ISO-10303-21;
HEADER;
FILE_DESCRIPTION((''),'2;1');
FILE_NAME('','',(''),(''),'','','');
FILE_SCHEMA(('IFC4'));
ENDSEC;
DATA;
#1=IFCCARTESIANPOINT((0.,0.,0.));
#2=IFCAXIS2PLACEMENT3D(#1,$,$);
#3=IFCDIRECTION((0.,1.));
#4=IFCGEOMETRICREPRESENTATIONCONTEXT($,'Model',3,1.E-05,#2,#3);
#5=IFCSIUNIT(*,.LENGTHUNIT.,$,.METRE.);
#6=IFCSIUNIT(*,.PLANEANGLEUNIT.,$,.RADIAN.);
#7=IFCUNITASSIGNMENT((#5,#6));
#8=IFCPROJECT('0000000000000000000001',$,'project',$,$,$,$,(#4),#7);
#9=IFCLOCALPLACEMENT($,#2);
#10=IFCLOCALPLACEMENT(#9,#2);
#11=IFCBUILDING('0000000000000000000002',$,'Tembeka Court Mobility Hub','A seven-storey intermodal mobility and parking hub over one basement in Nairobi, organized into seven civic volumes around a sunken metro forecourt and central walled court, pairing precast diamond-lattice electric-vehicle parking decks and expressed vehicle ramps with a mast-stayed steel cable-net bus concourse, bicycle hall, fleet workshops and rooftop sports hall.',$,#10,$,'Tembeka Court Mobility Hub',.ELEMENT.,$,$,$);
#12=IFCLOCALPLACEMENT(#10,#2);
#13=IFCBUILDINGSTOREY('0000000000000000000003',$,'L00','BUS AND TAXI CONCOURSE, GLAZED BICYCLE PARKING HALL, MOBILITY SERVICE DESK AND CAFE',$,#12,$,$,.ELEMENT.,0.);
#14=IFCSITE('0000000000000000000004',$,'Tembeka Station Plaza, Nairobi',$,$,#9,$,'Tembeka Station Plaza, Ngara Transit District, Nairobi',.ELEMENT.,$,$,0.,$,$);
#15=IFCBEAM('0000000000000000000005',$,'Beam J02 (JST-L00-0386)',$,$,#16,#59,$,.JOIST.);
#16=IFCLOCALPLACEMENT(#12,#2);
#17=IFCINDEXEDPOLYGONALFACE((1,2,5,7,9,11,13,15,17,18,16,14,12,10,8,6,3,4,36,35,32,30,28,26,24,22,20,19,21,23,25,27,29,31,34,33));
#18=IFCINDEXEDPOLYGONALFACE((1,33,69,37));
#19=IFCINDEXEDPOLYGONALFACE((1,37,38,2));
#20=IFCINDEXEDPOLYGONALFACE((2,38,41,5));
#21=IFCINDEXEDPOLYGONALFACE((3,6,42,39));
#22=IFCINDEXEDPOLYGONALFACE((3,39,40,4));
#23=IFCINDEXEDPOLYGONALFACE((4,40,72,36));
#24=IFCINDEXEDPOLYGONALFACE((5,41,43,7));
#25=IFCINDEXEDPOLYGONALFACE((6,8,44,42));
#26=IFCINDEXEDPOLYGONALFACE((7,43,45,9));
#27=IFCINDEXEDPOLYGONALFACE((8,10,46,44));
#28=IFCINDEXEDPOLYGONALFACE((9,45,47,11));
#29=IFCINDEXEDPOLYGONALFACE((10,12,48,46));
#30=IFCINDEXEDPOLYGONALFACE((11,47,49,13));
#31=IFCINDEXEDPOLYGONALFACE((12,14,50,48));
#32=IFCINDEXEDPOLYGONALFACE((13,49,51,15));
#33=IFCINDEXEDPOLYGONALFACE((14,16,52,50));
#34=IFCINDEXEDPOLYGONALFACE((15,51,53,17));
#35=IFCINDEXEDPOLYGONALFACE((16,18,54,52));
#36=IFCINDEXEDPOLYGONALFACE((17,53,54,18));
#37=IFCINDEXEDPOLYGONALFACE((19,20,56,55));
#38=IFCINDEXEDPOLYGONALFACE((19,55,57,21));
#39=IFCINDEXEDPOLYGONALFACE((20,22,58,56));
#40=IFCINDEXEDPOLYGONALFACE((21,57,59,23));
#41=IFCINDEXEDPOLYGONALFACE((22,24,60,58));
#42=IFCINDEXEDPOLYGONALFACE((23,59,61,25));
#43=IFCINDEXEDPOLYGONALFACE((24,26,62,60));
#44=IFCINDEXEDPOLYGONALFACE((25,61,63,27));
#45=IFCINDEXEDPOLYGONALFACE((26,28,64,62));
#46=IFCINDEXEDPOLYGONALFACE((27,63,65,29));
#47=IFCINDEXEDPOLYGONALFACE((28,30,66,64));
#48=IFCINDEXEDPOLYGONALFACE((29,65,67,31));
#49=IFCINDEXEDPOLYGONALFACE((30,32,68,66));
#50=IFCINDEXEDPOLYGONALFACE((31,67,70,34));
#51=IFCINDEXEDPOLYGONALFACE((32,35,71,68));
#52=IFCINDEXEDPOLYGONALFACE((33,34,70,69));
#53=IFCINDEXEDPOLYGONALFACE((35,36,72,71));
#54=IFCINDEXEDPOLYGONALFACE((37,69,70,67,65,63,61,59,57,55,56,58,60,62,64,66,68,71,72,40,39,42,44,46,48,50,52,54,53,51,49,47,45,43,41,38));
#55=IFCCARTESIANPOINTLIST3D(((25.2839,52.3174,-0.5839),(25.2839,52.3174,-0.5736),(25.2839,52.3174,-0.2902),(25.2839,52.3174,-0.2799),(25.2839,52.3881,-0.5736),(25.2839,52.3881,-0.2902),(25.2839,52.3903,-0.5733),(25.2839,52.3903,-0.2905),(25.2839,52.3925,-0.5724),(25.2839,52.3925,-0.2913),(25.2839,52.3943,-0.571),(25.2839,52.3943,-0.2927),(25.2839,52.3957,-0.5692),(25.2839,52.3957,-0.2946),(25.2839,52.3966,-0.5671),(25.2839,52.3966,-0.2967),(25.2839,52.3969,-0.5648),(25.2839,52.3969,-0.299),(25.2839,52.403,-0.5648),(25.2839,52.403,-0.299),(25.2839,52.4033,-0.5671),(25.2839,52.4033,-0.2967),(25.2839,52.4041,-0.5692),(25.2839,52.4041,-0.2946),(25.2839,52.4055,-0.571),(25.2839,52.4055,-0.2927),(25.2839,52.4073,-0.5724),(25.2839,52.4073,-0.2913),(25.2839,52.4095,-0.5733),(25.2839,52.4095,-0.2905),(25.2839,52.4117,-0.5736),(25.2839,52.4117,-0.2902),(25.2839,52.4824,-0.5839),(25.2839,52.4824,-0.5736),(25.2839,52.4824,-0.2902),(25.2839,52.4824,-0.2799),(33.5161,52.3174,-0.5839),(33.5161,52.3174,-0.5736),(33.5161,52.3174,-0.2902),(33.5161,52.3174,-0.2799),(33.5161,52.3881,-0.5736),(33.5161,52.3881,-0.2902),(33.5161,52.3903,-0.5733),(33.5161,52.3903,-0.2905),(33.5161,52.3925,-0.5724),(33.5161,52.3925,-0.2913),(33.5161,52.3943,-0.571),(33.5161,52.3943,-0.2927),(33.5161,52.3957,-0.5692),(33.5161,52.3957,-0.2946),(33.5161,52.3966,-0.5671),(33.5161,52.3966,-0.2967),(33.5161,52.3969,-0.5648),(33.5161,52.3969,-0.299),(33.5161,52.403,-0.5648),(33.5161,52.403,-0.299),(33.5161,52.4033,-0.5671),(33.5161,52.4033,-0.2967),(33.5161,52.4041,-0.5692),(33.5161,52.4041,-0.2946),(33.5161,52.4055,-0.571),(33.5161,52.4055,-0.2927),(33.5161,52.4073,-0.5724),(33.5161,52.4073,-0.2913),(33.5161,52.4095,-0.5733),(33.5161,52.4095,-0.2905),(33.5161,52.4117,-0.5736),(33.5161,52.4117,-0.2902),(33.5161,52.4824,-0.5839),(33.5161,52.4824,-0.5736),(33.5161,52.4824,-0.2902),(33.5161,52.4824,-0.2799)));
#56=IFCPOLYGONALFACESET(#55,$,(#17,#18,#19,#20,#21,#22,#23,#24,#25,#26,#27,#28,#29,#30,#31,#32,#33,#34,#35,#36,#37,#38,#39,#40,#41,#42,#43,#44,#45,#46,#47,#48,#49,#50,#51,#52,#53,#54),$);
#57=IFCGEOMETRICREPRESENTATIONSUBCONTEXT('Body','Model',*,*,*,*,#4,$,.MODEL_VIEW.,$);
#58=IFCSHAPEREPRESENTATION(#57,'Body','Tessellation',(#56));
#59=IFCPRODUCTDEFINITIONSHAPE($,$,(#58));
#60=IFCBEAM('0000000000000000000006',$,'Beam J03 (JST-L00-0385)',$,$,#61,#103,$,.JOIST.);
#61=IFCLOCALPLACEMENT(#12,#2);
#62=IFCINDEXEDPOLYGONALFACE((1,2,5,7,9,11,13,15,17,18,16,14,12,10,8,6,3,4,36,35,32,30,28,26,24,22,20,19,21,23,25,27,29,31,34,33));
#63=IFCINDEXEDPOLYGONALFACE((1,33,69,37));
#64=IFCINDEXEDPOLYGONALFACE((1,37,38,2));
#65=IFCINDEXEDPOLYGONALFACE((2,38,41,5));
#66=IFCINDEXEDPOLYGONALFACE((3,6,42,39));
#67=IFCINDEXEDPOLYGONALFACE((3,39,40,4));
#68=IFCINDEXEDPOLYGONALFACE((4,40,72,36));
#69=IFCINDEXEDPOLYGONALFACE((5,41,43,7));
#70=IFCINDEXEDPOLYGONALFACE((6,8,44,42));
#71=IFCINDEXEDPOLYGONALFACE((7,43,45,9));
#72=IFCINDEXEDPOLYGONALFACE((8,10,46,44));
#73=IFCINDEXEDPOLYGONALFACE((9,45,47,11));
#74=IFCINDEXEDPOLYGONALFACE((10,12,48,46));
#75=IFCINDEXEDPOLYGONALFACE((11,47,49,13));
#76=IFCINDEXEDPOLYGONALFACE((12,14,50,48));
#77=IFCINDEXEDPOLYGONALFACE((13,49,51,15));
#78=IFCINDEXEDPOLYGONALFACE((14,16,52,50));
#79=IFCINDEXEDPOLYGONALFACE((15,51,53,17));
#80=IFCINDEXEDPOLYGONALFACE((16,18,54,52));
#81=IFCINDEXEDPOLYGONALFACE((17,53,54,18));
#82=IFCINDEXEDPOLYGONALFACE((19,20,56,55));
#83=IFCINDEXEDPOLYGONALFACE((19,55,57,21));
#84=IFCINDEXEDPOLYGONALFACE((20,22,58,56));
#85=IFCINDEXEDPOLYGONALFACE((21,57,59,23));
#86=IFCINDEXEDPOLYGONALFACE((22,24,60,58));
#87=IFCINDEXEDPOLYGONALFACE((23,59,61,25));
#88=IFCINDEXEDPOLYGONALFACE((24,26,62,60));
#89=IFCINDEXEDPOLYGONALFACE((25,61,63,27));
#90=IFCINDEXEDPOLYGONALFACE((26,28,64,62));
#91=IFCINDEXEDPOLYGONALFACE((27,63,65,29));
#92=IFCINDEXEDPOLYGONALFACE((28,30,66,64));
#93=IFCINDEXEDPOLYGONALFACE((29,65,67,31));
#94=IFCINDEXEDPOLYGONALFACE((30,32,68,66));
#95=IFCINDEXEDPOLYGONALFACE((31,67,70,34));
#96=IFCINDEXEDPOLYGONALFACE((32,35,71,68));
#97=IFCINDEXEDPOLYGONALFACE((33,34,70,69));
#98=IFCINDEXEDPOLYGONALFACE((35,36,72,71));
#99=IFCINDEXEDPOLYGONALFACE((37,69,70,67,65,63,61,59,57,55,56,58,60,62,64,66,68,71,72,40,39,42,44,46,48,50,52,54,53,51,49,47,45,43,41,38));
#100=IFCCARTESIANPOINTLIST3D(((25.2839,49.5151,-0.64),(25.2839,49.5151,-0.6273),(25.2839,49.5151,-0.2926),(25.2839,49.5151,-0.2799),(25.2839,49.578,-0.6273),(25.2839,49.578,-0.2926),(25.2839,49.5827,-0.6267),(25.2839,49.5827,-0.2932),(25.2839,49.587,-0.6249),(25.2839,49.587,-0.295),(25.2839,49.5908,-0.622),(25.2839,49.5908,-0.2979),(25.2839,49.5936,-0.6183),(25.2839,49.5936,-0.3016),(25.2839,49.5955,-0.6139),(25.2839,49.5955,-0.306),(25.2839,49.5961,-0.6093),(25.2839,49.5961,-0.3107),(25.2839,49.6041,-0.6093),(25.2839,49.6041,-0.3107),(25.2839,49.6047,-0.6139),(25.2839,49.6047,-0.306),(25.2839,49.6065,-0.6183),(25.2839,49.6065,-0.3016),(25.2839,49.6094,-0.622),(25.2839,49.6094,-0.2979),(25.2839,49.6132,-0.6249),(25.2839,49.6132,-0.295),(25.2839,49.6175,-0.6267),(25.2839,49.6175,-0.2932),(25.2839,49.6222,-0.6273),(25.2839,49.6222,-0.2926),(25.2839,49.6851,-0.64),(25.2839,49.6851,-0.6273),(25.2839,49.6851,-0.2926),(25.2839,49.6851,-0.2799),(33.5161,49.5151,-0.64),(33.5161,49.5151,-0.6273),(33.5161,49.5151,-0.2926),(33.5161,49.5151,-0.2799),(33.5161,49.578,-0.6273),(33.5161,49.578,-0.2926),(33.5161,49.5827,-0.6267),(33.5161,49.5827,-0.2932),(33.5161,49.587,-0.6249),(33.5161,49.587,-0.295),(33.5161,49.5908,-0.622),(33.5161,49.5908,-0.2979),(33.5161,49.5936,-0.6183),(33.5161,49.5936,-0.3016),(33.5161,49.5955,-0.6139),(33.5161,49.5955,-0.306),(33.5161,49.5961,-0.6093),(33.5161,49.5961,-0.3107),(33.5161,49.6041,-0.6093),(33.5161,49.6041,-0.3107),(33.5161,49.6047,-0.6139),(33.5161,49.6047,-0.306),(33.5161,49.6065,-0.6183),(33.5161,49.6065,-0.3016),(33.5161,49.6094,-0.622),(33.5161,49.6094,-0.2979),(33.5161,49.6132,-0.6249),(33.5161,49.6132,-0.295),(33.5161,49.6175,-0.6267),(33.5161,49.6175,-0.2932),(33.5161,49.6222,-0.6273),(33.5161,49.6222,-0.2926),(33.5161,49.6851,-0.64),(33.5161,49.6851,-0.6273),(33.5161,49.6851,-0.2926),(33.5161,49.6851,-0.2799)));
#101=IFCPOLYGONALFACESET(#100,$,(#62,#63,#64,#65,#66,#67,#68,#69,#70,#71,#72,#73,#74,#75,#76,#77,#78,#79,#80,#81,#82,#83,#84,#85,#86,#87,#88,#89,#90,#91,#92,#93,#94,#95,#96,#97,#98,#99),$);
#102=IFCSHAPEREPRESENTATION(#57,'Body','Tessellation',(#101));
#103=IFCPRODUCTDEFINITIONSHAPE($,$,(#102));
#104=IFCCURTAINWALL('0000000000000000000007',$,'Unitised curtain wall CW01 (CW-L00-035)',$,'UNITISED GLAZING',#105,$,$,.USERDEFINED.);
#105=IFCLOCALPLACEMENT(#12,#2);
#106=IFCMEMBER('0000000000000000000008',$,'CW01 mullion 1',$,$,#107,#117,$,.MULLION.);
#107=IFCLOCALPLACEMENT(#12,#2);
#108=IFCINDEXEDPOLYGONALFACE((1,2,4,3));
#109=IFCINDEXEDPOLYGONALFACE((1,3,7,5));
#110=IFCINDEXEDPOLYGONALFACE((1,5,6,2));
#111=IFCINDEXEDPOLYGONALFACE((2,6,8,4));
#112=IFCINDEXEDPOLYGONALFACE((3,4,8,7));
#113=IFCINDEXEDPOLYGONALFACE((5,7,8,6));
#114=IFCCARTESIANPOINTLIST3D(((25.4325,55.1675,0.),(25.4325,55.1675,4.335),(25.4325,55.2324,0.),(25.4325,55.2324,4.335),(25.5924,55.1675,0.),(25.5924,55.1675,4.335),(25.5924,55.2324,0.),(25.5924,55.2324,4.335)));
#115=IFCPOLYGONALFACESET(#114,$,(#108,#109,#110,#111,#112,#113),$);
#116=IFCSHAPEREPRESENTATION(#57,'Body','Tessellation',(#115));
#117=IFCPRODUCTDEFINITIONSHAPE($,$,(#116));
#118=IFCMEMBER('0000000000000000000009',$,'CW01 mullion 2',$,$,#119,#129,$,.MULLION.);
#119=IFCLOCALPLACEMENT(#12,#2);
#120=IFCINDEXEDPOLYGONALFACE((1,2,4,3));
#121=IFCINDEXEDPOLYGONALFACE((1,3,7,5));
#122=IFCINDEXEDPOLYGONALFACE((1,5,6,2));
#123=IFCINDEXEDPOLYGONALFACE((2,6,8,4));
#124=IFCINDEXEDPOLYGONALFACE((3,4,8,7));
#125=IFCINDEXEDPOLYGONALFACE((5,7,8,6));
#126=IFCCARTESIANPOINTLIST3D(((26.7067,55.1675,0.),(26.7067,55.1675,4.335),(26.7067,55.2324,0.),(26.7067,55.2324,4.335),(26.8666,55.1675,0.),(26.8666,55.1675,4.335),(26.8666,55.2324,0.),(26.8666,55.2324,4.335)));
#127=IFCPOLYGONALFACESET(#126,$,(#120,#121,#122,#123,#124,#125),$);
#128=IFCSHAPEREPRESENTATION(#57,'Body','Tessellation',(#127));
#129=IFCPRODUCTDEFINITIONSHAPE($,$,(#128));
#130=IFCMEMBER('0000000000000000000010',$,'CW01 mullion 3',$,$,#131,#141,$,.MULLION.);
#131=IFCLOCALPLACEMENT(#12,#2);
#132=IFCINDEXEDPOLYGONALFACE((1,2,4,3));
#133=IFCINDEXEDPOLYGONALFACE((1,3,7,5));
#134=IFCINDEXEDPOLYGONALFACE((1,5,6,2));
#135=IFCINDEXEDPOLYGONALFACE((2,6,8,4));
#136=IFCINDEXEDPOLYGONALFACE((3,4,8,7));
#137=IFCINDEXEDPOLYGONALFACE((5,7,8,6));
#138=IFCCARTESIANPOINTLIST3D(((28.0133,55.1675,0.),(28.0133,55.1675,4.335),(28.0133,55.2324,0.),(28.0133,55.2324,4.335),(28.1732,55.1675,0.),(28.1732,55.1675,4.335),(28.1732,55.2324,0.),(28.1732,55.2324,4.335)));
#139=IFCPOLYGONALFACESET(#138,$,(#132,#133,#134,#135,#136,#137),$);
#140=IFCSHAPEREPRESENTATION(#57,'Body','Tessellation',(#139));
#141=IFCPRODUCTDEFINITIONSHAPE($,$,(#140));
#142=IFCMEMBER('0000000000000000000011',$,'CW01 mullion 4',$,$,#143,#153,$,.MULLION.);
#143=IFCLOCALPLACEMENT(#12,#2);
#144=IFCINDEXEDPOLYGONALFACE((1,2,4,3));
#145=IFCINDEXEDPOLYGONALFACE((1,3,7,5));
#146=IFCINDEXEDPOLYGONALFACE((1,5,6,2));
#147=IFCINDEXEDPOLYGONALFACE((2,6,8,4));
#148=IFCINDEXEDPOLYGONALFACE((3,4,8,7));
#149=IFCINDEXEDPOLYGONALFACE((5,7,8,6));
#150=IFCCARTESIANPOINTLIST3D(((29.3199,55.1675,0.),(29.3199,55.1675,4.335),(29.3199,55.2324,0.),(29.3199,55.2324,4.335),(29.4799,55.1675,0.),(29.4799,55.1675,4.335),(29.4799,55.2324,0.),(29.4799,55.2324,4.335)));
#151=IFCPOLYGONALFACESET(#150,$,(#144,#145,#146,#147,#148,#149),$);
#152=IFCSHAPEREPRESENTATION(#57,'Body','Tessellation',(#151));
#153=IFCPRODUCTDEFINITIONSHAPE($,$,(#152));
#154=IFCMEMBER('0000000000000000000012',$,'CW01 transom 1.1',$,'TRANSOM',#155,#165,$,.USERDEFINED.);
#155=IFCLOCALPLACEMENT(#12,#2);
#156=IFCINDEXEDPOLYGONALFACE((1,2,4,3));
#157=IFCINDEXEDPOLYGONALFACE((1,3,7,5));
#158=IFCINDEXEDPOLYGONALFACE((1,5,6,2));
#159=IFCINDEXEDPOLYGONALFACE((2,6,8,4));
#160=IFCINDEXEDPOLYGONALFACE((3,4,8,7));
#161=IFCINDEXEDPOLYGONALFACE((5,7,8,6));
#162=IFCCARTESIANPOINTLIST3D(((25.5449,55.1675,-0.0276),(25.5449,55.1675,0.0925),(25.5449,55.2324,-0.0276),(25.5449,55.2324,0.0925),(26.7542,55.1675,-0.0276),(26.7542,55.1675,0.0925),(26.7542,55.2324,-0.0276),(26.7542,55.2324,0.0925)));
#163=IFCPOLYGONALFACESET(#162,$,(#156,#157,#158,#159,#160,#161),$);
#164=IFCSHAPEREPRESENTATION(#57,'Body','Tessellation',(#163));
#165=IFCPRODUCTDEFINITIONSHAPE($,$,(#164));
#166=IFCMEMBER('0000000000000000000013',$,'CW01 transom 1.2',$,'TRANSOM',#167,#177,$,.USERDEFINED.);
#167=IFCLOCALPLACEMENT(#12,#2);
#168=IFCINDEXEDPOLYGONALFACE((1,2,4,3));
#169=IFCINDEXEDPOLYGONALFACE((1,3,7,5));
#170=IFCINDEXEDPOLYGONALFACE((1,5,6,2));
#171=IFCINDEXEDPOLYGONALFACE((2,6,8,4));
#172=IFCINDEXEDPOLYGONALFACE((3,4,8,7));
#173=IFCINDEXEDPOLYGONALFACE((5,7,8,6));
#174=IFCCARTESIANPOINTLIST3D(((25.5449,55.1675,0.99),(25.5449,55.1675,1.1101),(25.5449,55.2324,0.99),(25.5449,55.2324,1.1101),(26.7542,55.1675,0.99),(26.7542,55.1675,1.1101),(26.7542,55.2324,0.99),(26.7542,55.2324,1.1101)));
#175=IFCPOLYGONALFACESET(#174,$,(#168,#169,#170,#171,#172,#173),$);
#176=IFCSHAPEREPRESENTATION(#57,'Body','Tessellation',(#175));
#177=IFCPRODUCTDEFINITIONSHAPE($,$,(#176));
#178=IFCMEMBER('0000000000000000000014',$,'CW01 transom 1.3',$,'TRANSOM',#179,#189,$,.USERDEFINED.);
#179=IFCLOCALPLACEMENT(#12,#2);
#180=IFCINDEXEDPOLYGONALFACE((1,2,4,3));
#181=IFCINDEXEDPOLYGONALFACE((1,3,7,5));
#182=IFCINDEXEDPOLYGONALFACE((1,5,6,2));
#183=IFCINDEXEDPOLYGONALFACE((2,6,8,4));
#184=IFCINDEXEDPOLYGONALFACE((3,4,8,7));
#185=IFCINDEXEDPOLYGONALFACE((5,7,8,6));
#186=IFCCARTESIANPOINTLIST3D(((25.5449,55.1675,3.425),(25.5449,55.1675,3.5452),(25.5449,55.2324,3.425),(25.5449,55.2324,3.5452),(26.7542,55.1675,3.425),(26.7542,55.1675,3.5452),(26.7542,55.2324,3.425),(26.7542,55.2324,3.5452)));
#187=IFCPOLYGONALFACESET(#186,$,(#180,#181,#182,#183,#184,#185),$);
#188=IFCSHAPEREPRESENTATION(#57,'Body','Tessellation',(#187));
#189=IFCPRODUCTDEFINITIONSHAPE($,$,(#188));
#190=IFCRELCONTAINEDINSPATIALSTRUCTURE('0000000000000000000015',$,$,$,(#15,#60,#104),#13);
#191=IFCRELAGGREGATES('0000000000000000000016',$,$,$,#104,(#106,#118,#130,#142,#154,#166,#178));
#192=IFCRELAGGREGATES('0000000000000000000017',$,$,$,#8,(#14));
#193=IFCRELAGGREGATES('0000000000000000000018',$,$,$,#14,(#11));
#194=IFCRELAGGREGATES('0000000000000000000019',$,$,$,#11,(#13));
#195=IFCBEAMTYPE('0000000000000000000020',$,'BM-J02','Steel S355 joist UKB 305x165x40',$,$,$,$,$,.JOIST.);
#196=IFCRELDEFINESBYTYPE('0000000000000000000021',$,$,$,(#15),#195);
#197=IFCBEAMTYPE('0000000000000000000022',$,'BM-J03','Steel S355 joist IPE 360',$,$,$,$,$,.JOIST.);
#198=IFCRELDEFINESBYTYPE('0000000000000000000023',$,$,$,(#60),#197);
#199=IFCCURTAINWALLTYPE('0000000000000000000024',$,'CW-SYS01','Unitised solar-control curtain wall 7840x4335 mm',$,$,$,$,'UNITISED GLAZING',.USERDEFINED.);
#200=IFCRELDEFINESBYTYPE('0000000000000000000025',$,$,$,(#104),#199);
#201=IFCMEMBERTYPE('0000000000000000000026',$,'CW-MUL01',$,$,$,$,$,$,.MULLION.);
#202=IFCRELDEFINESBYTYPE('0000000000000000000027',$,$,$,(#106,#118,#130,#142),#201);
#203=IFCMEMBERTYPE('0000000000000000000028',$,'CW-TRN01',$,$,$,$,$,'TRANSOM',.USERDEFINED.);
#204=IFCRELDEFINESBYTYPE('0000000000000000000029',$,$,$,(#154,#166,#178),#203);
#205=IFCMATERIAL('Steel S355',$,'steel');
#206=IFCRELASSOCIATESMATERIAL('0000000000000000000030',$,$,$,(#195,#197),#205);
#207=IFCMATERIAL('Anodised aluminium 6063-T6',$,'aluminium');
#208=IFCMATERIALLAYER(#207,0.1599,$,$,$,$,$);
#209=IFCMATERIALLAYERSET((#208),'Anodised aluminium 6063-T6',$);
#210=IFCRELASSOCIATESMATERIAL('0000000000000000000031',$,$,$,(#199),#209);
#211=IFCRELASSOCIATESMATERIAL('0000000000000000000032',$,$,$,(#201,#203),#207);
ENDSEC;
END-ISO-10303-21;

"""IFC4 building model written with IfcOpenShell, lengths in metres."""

from ifc_helpers import new_model, si_unit, direction, frame, origin, origin_2d, place, context, subcontext, project, spatial, rectangle, i_section, extrude, material, layer, layer_set, material_profile, profile_set, type_object, element, aggregate, save


model = new_model("IFC4")

# Units and contexts
model_context = context("Model", 3, precision=1e-05, world=origin(), true_north=direction((0.0, 1.0)))
body_context = subcontext(model_context, "Body", "Model", "MODEL_VIEW")
ifc_project = project(units=[si_unit("LENGTHUNIT", "METRE"), si_unit("PLANEANGLEUNIT", "RADIAN")], contexts=[model_context])

# Site, building, storey
site_placement = place(None, origin())
site = spatial("IfcSite", under=ifc_project, at=site_placement, Name="Tembeka Station Plaza, Nairobi", LongName="Tembeka Station Plaza, Ngara Transit District, Nairobi", CompositionType="ELEMENT", RefElevation=0.0)
building_placement = place(site_placement, origin())
building = spatial("IfcBuilding", under=site, at=building_placement, Name="Tembeka Court Mobility Hub", Description="A seven-storey intermodal mobility and parking hub over one basement in Nairobi, organized into seven civic volumes around a sunken metro forecourt and central walled court, pairing precast diamond-lattice electric-vehicle parking decks and expressed vehicle ramps with a mast-stayed steel cable-net bus concourse, bicycle hall, fleet workshops and rooftop sports hall.", LongName="Tembeka Court Mobility Hub", CompositionType="ELEMENT")
storey_placement = place(building_placement, origin())
storey = spatial("IfcBuildingStorey", under=building, at=storey_placement, Name="L00", Description="BUS AND TAXI CONCOURSE, GLAZED BICYCLE PARKING HALL, MOBILITY SERVICE DESK AND CAFE", CompositionType="ELEMENT", Elevation=0.0)

# Beams
ifc_material_1 = material(Name="Steel S355", Category="steel")
ifc_material_profile_1 = material_profile(ifc_material_1, i_section(OverallWidth=0.165, OverallDepth=0.304, WebThickness=0.0061, FlangeThickness=0.0103, FilletRadius=0.0088, at=origin_2d()), Name="UKB 305x165x40")
ifc_profile_set_1 = profile_set([ifc_material_profile_1], Name="Steel S355")
beam_type_1 = type_object("IfcBeamType", Name="BM-J02", Description="Steel S355 joist UKB 305x165x40", PredefinedType="JOIST", material=ifc_profile_set_1)
beam_1_placement = place(storey_placement, frame((25.2839, 52.3999, -0.4319), z_axis=(1.0, 0.0, 0.0), x_axis=(0.0, 1.0, 0.0)))
element("IfcBeam", 1, at=beam_1_placement, inside=storey, type_object=beam_type_1, Name="Beam J02 (JST-L00-0386)", PredefinedType="JOIST", context=body_context, shape_type="SweptSolid", body=[
    extrude(i_section(OverallWidth=0.165, OverallDepth=0.304, WebThickness=0.0061, FlangeThickness=0.0103, FilletRadius=0.0088, at=origin_2d()), origin(), (0.0, 0.0, 1.0), 8.2322),
])
ifc_material_profile_2 = material_profile(ifc_material_1, i_section(OverallWidth=0.1699, OverallDepth=0.3601, WebThickness=0.0081, FlangeThickness=0.0127, FilletRadius=0.0181, at=origin_2d()), Name="IPE 360")
ifc_profile_set_2 = profile_set([ifc_material_profile_2], Name="Steel S355")
beam_type_2 = type_object("IfcBeamType", Name="BM-J03", Description="Steel S355 joist IPE 360", PredefinedType="JOIST", material=ifc_profile_set_2)
beam_2_placement = place(storey_placement, frame((25.2839, 49.6001, -0.46), z_axis=(1.0, 0.0, 0.0), x_axis=(0.0, 1.0, 0.0)))
element("IfcBeam", 2, at=beam_2_placement, inside=storey, type_object=beam_type_2, Name="Beam J03 (JST-L00-0385)", PredefinedType="JOIST", context=body_context, shape_type="SweptSolid", body=[
    extrude(i_section(OverallWidth=0.1699, OverallDepth=0.3601, WebThickness=0.0081, FlangeThickness=0.0127, FilletRadius=0.0181, at=origin_2d()), origin(), (0.0, 0.0, 1.0), 8.2322),
])

# Curtain wall, members
ifc_material_2 = material(Name="Anodised aluminium 6063-T6", Category="aluminium")
ifc_layer_1 = layer(ifc_material_2, 0.1599)
ifc_layer_set_1 = layer_set([ifc_layer_1], Name="Anodised aluminium 6063-T6")
curtain_wall_type = type_object("IfcCurtainWallType", Name="CW-SYS01", Description="Unitised solar-control curtain wall 7840x4335 mm", ElementType="UNITISED GLAZING", PredefinedType="USERDEFINED", material=ifc_layer_set_1)
curtain_wall_placement = place(storey_placement, origin())
curtain_wall = element("IfcCurtainWall", 3, at=curtain_wall_placement, inside=storey, type_object=curtain_wall_type, Name="Unitised curtain wall CW01 (CW-L00-035)", ObjectType="UNITISED GLAZING", PredefinedType="USERDEFINED")
ifc_material_profile_3 = material_profile(ifc_material_2, rectangle(XDim=0.0649, YDim=0.1599, at=origin_2d()), Name="ALU-MUL 65x160")
ifc_profile_set_3 = profile_set([ifc_material_profile_3], Name="Anodised aluminium 6063-T6")
member_type_1 = type_object("IfcMemberType", Name="CW-MUL01", PredefinedType="MULLION", material=ifc_profile_set_3)
member_1_placement = place(storey_placement, frame((25.5125, 55.2, 0.0), z_axis=(0.0, 0.0, 1.0), x_axis=(0.0, 1.0, 0.0)))
member_1 = element("IfcMember", 4, at=member_1_placement, type_object=member_type_1, Name="CW01 mullion 1", PredefinedType="MULLION", context=body_context, shape_type="SweptSolid", body=[
    extrude(rectangle(XDim=0.0649, YDim=0.1599, at=origin_2d()), origin(), (0.0, 0.0, 1.0), 4.335),
])
member_2_placement = place(storey_placement, frame((26.7866, 55.2, 0.0), z_axis=(0.0, 0.0, 1.0), x_axis=(0.0, 1.0, 0.0)))
member_2 = element("IfcMember", 5, at=member_2_placement, type_object=member_type_1, Name="CW01 mullion 2", PredefinedType="MULLION", context=body_context, shape_type="SweptSolid", body=[
    extrude(rectangle(XDim=0.0649, YDim=0.1599, at=origin_2d()), origin(), (0.0, 0.0, 1.0), 4.335),
])
member_3_placement = place(storey_placement, frame((28.0933, 55.2, 0.0), z_axis=(0.0, 0.0, 1.0), x_axis=(0.0, 1.0, 0.0)))
member_3 = element("IfcMember", 6, at=member_3_placement, type_object=member_type_1, Name="CW01 mullion 3", PredefinedType="MULLION", context=body_context, shape_type="SweptSolid", body=[
    extrude(rectangle(XDim=0.0649, YDim=0.1599, at=origin_2d()), origin(), (0.0, 0.0, 1.0), 4.335),
])
member_4_placement = place(storey_placement, frame((29.3999, 55.2, 0.0), z_axis=(0.0, 0.0, 1.0), x_axis=(0.0, 1.0, 0.0)))
member_4 = element("IfcMember", 7, at=member_4_placement, type_object=member_type_1, Name="CW01 mullion 4", PredefinedType="MULLION", context=body_context, shape_type="SweptSolid", body=[
    extrude(rectangle(XDim=0.0649, YDim=0.1599, at=origin_2d()), origin(), (0.0, 0.0, 1.0), 4.335),
])
ifc_material_profile_4 = material_profile(ifc_material_2, rectangle(XDim=0.0649, YDim=0.1201, at=origin_2d()), Name="ALU-TRN 65x120")
ifc_profile_set_4 = profile_set([ifc_material_profile_4], Name="Anodised aluminium 6063-T6")
member_type_2 = type_object("IfcMemberType", Name="CW-TRN01", ElementType="TRANSOM", PredefinedType="USERDEFINED", material=ifc_profile_set_4)
member_5_placement = place(storey_placement, frame((25.5449, 55.2, 0.0325), z_axis=(1.0, 0.0, 0.0), x_axis=(0.0, 1.0, 0.0)))
member_5 = element("IfcMember", 8, at=member_5_placement, type_object=member_type_2, Name="CW01 transom 1.1", ObjectType="TRANSOM", PredefinedType="USERDEFINED", context=body_context, shape_type="SweptSolid", body=[
    extrude(rectangle(XDim=0.0649, YDim=0.1201, at=origin_2d()), origin(), (0.0, 0.0, 1.0), 1.2092),
])
member_6_placement = place(storey_placement, frame((25.5449, 55.2, 1.05), z_axis=(1.0, 0.0, 0.0), x_axis=(0.0, 1.0, 0.0)))
member_6 = element("IfcMember", 9, at=member_6_placement, type_object=member_type_2, Name="CW01 transom 1.2", ObjectType="TRANSOM", PredefinedType="USERDEFINED", context=body_context, shape_type="SweptSolid", body=[
    extrude(rectangle(XDim=0.0649, YDim=0.1201, at=origin_2d()), origin(), (0.0, 0.0, 1.0), 1.2092),
])
member_7_placement = place(storey_placement, frame((25.5449, 55.2, 3.4851), z_axis=(1.0, 0.0, 0.0), x_axis=(0.0, 1.0, 0.0)))
member_7 = element("IfcMember", 10, at=member_7_placement, type_object=member_type_2, Name="CW01 transom 1.3", ObjectType="TRANSOM", PredefinedType="USERDEFINED", context=body_context, shape_type="SweptSolid", body=[
    extrude(rectangle(XDim=0.0649, YDim=0.1201, at=origin_2d()), origin(), (0.0, 0.0, 1.0), 1.2092),
])
aggregate(curtain_wall, [member_1, member_2, member_3, member_4, member_5, member_6, member_7])

save(model, "model.ifc")
